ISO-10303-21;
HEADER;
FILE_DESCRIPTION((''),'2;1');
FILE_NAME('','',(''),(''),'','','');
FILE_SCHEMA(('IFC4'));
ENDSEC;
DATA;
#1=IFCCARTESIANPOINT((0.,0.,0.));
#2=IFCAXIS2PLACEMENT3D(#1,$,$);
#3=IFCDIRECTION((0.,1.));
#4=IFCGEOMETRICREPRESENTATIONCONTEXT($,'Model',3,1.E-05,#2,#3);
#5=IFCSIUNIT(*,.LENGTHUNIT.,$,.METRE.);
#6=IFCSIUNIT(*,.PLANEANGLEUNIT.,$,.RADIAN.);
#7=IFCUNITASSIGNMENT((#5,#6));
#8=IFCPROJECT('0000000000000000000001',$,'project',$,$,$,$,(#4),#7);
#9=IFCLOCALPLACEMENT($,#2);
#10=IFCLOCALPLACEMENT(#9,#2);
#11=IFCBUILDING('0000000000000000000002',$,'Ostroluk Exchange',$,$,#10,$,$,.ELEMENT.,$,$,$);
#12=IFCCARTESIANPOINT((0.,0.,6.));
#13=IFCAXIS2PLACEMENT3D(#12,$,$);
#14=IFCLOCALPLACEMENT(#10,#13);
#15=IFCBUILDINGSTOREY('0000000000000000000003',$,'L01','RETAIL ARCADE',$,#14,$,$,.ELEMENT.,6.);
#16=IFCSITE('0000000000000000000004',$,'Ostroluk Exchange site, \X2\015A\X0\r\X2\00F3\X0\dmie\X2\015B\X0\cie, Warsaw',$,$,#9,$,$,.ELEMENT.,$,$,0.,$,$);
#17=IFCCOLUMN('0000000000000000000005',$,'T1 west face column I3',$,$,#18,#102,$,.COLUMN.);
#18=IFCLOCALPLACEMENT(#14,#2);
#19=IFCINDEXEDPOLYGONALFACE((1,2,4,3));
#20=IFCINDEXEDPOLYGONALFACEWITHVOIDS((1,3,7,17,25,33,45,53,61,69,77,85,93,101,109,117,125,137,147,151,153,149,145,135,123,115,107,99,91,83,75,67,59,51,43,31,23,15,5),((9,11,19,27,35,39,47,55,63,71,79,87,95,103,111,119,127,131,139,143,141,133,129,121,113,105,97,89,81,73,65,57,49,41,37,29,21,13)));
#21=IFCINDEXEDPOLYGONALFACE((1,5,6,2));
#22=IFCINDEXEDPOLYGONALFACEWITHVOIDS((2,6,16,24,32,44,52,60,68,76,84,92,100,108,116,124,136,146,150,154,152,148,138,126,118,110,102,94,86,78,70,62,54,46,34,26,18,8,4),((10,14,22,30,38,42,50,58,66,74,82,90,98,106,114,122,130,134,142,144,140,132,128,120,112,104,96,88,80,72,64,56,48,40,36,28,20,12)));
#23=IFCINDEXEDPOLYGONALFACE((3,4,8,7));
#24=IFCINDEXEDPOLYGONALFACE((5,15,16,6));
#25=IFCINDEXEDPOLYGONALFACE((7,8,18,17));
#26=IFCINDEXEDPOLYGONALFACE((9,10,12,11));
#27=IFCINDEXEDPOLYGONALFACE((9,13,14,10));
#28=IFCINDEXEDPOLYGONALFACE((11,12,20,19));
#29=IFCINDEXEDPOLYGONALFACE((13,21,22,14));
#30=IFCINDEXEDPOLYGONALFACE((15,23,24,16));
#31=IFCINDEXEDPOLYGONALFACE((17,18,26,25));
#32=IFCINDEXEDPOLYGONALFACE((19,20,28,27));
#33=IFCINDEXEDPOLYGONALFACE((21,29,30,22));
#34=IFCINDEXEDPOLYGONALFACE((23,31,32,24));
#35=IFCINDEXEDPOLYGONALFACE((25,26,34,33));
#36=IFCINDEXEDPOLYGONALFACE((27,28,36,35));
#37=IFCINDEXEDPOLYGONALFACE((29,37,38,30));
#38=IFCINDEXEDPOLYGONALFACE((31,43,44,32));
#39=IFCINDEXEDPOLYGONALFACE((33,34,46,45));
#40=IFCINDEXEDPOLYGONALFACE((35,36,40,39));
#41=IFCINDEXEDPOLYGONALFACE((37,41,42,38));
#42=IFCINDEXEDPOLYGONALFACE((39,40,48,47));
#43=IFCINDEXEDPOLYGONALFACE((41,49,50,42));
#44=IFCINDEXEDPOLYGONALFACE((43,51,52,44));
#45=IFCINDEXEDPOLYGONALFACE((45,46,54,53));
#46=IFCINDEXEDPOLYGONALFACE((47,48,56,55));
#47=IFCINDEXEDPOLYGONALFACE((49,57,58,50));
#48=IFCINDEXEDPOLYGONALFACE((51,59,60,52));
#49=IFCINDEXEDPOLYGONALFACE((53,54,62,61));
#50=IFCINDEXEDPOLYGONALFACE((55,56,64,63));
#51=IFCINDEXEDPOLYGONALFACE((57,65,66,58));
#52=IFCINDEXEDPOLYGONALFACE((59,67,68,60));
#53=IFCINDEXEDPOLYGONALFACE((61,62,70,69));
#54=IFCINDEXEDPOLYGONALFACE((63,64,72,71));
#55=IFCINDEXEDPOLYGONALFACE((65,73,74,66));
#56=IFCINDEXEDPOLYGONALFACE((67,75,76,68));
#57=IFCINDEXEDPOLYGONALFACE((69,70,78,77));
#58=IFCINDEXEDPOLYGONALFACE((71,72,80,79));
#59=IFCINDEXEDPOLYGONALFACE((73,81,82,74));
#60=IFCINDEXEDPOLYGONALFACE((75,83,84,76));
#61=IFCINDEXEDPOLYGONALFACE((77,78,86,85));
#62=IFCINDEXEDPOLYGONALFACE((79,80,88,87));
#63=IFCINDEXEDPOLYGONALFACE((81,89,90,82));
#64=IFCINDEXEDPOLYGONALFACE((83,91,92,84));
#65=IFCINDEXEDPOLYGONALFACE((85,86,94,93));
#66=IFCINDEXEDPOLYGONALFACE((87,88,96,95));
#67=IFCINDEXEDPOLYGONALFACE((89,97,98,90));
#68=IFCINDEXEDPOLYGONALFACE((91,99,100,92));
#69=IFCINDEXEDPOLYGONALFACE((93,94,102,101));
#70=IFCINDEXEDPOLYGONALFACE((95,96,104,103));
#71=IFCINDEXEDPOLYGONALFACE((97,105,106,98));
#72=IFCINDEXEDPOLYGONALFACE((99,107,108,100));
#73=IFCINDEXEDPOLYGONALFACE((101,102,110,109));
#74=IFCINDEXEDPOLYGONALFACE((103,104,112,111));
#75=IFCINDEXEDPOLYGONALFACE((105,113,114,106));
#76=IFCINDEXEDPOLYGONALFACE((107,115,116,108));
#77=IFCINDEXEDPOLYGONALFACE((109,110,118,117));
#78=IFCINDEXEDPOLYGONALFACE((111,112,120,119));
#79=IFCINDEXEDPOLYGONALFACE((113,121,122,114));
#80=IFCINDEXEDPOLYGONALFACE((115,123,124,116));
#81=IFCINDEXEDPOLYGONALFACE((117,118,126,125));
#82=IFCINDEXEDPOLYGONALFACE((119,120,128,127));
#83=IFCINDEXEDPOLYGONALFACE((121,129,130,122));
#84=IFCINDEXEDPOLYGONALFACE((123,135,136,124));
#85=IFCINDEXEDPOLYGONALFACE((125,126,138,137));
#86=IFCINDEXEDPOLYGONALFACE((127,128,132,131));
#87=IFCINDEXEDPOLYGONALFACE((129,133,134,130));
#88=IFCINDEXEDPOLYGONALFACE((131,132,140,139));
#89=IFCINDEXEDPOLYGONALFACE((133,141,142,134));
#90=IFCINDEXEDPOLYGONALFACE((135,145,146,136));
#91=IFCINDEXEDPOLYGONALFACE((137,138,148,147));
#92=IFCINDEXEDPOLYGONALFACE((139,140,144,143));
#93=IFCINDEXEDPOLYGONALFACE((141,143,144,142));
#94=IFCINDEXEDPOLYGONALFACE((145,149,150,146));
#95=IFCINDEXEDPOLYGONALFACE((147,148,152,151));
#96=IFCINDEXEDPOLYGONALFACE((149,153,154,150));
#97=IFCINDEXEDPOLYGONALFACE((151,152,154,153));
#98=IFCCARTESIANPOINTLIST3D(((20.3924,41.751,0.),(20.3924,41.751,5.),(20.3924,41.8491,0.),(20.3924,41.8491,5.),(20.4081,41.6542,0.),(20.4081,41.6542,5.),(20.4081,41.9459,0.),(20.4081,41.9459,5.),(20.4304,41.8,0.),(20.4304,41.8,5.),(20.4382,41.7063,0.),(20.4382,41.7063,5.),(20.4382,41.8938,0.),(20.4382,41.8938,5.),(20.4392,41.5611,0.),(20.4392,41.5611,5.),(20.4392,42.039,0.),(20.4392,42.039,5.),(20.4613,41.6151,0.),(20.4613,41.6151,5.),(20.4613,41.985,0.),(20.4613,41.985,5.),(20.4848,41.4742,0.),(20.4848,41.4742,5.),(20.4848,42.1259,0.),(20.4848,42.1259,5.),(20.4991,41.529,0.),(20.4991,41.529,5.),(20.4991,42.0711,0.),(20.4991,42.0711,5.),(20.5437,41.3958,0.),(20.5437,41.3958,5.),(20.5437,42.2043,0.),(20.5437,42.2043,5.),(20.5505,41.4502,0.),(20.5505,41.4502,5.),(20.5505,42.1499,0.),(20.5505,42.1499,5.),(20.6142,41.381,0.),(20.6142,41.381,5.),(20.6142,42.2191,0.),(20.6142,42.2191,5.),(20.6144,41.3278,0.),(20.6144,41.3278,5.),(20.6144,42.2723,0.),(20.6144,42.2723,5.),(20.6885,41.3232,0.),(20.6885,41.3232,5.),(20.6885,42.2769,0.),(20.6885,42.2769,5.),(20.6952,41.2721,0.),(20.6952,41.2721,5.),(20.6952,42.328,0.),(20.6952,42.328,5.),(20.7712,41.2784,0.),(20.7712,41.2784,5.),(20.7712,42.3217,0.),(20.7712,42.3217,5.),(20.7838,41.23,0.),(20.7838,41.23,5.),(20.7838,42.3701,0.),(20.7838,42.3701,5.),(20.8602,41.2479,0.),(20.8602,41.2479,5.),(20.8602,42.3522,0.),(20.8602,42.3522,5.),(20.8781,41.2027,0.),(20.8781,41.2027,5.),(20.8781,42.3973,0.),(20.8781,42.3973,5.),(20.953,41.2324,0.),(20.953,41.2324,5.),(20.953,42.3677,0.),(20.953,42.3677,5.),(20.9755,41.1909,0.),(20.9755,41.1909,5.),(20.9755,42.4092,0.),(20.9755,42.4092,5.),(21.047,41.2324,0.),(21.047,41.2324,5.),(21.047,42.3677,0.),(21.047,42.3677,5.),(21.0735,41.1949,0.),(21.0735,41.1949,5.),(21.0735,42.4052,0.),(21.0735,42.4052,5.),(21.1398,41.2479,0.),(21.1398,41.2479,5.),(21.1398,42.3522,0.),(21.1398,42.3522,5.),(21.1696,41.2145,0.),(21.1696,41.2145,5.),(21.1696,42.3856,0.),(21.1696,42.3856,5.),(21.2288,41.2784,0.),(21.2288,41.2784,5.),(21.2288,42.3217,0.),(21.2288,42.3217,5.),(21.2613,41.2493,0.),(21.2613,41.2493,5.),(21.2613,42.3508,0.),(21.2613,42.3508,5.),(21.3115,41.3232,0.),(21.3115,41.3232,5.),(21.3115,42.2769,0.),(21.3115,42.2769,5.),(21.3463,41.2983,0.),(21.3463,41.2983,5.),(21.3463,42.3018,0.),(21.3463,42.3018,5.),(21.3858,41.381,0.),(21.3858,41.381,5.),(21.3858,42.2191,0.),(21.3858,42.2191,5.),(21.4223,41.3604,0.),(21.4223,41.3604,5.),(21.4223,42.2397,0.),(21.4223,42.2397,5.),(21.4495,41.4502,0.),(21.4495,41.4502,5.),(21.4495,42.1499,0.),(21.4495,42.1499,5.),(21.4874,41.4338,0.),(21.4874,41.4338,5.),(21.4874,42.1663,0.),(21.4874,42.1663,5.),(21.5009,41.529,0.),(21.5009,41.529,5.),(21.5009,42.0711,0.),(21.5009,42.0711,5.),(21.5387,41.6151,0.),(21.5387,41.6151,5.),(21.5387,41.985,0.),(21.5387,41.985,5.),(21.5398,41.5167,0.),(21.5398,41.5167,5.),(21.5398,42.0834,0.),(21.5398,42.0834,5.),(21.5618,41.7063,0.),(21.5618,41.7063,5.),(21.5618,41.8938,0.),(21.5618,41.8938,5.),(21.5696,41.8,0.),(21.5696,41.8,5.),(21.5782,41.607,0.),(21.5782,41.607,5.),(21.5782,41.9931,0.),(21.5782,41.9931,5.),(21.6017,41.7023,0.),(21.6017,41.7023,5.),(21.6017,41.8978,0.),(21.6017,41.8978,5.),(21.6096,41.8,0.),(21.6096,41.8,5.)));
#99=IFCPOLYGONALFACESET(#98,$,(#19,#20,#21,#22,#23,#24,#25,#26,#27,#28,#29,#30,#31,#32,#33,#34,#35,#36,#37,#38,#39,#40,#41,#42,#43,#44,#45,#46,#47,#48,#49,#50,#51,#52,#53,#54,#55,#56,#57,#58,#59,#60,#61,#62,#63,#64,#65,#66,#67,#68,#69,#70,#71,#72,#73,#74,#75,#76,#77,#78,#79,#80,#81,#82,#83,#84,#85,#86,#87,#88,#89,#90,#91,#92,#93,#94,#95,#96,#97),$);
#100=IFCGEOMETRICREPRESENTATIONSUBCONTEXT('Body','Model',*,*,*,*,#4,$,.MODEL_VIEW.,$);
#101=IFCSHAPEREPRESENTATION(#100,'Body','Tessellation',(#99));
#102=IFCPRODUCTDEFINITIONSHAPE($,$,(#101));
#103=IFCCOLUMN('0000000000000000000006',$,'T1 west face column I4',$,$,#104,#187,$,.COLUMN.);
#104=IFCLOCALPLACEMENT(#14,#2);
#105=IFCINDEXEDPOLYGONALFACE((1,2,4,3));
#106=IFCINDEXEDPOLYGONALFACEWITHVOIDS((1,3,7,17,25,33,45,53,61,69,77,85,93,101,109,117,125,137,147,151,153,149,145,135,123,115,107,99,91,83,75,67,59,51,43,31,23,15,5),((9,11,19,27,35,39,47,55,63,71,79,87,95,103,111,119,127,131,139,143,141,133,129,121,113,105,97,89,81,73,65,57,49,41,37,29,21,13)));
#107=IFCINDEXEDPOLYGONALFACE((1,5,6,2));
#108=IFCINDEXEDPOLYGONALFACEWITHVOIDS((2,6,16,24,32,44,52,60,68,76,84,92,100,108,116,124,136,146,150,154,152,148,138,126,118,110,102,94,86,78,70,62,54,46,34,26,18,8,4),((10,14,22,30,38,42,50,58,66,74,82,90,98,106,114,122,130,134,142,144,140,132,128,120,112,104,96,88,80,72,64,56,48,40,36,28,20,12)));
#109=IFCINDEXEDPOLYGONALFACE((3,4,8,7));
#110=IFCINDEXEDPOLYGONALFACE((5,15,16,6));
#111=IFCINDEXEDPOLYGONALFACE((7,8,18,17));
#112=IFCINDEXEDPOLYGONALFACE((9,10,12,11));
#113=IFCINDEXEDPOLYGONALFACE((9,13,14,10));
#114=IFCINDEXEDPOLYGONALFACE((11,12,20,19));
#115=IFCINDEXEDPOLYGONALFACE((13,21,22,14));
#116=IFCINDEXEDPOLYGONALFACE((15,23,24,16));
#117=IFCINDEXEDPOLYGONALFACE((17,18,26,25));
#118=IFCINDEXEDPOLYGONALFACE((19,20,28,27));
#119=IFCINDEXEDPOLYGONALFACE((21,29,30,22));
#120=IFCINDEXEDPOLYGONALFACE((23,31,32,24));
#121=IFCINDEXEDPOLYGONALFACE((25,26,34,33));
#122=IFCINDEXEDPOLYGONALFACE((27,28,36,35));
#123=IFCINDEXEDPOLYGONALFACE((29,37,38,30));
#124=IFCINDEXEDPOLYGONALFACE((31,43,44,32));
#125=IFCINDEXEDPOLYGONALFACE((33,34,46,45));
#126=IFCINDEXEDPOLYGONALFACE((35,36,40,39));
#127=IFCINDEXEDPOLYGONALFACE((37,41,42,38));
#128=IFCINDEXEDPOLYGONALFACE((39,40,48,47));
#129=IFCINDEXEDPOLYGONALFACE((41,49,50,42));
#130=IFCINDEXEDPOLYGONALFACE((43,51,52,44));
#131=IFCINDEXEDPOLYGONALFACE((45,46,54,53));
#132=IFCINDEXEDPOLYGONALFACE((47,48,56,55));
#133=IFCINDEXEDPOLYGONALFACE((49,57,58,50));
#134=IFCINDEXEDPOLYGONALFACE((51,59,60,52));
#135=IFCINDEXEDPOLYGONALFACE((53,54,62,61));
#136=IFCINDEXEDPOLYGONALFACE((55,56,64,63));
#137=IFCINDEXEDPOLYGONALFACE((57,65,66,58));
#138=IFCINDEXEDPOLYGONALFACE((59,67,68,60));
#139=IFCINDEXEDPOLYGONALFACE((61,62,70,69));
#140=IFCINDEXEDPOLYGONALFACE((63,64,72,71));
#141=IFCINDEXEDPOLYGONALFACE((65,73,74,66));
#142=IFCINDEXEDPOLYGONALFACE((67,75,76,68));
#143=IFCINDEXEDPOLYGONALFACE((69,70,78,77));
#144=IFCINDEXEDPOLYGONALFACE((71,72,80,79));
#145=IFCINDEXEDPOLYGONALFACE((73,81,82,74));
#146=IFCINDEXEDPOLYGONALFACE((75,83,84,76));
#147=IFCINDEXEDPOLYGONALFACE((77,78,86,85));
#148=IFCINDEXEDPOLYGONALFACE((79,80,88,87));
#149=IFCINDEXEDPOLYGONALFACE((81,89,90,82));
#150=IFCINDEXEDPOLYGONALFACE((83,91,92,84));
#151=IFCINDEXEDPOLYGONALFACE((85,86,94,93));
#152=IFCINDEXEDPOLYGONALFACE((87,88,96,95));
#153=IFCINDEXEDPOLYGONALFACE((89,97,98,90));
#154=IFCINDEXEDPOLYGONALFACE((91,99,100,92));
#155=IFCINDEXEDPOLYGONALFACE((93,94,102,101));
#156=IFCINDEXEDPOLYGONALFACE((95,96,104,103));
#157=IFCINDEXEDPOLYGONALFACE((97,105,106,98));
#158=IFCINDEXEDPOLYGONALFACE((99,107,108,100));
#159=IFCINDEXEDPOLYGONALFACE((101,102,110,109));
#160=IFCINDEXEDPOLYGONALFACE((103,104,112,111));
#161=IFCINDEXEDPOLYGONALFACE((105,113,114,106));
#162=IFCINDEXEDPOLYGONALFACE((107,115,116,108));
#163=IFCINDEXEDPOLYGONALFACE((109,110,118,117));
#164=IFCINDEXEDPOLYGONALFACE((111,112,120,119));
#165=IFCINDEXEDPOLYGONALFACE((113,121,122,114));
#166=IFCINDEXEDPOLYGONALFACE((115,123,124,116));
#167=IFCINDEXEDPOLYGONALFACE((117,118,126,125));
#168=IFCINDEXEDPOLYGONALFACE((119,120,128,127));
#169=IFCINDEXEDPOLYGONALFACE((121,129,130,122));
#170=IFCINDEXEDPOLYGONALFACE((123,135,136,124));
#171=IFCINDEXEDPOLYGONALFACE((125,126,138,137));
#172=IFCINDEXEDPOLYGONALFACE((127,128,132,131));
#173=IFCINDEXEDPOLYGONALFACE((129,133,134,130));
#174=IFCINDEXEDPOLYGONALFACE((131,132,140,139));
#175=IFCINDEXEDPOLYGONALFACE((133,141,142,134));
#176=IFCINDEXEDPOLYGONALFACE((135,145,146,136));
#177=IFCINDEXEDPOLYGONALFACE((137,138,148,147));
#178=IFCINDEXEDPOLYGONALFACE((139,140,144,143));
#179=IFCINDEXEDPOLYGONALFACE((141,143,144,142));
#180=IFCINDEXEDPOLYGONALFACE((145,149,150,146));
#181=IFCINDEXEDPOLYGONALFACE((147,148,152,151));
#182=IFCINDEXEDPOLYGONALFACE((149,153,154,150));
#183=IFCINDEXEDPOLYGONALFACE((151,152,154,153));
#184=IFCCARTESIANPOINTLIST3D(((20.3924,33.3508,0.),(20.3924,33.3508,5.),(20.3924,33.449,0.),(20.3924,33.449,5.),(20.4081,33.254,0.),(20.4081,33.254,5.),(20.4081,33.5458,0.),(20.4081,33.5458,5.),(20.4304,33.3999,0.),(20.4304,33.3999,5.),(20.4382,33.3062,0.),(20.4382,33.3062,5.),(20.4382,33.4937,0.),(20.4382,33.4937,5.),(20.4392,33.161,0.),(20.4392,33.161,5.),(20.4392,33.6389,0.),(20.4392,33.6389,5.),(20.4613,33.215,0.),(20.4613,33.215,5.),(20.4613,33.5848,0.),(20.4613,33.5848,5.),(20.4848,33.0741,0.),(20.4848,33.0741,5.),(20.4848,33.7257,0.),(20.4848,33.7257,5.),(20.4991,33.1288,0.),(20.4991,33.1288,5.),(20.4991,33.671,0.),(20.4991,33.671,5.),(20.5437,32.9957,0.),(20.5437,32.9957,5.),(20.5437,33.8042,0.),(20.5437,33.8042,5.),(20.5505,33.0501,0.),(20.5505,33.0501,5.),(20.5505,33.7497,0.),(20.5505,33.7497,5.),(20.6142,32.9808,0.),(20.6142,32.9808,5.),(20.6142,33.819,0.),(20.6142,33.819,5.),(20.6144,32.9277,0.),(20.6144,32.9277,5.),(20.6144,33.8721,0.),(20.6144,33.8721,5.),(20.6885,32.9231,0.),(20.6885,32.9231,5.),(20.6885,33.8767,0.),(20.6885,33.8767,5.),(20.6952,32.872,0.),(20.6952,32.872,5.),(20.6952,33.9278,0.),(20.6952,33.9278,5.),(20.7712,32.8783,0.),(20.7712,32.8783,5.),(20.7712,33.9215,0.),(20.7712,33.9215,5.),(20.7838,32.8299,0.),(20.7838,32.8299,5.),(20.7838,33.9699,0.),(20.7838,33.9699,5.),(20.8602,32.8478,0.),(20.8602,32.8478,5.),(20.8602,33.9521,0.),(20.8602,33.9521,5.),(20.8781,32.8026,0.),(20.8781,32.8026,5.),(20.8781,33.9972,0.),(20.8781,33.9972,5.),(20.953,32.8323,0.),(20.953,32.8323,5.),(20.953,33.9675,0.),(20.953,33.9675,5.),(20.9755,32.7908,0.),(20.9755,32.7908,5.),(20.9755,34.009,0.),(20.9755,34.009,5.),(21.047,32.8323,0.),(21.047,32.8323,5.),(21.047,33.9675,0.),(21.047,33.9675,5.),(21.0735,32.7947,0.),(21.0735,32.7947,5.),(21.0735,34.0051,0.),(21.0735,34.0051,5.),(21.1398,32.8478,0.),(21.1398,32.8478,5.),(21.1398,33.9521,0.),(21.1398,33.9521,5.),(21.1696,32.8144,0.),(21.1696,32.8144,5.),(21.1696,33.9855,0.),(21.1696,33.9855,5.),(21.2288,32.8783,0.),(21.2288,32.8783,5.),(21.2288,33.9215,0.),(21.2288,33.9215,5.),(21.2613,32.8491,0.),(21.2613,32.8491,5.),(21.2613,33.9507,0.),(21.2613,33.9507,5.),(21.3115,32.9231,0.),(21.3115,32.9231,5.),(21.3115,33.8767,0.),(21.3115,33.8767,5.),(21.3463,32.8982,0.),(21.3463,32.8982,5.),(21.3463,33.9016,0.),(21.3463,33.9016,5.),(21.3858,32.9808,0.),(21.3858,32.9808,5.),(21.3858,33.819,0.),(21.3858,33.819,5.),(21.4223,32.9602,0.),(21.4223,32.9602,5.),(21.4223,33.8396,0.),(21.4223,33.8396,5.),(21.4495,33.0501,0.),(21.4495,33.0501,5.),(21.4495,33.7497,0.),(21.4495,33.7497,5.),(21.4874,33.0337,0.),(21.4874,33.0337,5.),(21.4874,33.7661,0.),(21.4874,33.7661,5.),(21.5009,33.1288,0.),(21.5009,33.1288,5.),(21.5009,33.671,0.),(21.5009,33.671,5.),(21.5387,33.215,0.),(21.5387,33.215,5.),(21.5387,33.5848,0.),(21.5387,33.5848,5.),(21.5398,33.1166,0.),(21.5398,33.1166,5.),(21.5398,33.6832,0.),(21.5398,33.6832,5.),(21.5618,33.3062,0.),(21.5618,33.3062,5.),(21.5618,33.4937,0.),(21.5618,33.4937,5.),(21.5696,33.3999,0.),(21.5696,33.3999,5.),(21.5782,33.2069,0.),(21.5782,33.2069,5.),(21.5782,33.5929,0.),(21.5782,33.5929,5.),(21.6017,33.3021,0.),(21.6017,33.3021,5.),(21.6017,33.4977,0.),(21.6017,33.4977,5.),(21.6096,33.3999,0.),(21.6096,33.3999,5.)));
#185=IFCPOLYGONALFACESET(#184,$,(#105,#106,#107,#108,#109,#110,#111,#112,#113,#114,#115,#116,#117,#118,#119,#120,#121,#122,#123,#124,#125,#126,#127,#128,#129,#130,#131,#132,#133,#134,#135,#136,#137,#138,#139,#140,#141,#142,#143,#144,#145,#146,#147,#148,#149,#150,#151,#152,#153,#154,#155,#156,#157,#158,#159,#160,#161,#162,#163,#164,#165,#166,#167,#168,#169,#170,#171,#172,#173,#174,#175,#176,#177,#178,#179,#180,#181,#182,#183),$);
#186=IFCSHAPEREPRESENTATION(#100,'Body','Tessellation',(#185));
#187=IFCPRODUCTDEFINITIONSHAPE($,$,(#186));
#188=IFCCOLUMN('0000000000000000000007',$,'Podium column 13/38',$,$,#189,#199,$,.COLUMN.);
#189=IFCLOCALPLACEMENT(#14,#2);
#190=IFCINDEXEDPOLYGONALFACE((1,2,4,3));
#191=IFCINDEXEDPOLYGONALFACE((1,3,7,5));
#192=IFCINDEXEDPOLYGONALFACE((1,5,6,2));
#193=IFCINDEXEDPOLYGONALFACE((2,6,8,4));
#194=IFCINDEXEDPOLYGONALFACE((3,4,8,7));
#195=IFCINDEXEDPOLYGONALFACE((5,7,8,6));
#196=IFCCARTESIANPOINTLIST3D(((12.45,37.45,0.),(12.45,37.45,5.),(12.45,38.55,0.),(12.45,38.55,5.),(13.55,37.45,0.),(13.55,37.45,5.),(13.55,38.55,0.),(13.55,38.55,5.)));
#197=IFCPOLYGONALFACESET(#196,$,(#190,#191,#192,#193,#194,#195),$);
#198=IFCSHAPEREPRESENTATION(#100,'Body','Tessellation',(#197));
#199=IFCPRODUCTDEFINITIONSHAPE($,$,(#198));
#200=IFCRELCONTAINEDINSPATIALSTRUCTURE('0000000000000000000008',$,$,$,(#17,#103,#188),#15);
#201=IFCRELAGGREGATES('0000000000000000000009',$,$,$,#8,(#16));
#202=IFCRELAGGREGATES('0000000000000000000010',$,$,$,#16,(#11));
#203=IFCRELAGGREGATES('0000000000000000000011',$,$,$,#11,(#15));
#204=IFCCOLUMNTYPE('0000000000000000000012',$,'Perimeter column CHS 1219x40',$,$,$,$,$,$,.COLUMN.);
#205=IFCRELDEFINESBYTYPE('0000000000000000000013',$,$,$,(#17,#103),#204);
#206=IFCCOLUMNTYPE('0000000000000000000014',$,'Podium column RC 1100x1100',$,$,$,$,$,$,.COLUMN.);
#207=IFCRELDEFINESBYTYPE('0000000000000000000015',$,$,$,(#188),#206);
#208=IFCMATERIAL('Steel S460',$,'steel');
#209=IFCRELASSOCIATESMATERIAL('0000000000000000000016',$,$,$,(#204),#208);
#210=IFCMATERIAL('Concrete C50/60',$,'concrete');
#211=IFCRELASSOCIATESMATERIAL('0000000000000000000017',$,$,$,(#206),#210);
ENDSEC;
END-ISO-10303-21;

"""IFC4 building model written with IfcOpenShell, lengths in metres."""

from ifc_helpers import new_model, si_unit, direction, frame, origin, origin_2d, place, context, subcontext, project, spatial, rectangle, hollow_circle, extrude, material, material_profile, profile_set, type_object, element, save


model = new_model("IFC4")

# Units and contexts
model_context = context("Model", 3, precision=1e-05, world=origin(), true_north=direction((0.0, 1.0)))
body_context = subcontext(model_context, "Body", "Model", "MODEL_VIEW")
ifc_project = project(units=[si_unit("LENGTHUNIT", "METRE"), si_unit("PLANEANGLEUNIT", "RADIAN")], contexts=[model_context])

# Site, building, storey
site_placement = place(None, origin())
site = spatial("IfcSite", under=ifc_project, at=site_placement, Name="Ostroluk Exchange site, Śródmieście, Warsaw", CompositionType="ELEMENT", RefElevation=0.0)
building_placement = place(site_placement, origin())
building = spatial("IfcBuilding", under=site, at=building_placement, Name="Ostroluk Exchange", CompositionType="ELEMENT")
storey_placement = place(building_placement, frame((0.0, 0.0, 6.0)))
storey = spatial("IfcBuildingStorey", under=building, at=storey_placement, Name="L01", Description="RETAIL ARCADE", CompositionType="ELEMENT", Elevation=6.0)

# Columns
ifc_material_1 = material(Name="Steel S460", Category="steel")
ifc_material_profile_1 = material_profile(ifc_material_1, hollow_circle(Radius=0.6096, WallThickness=0.04, at=origin_2d()), Name="CHS 1219x40")
ifc_profile_set_1 = profile_set([ifc_material_profile_1], Name="Steel S460")
column_type_1 = type_object("IfcColumnType", Name="Perimeter column CHS 1219x40", PredefinedType="COLUMN", material=ifc_profile_set_1)
for number, where, z_axis, x_axis, name in (
    (1, (21.0, 41.8, 0.0), (0.0, 0.0, 1.0), (1.0, 0.0, 0.0), "T1 west face column I3"),
    (2, (21.0, 33.3999, 0.0), (0.0, 0.0, 1.0), (1.0, 0.0, 0.0), "T1 west face column I4"),
):
    element("IfcColumn", number, at=place(storey_placement, frame(where, z_axis=z_axis, x_axis=x_axis)), inside=storey, type_object=column_type_1, Name=name, PredefinedType="COLUMN", context=body_context, shape_type="SweptSolid", body=[
        extrude(hollow_circle(Radius=0.6096, WallThickness=0.04, at=origin_2d()), origin(), (0.0, 0.0, 1.0), 5.0),
    ])
ifc_material_2 = material(Name="Concrete C50/60", Category="concrete")
ifc_material_profile_2 = material_profile(ifc_material_2, rectangle(XDim=1.1001, YDim=1.1001, at=origin_2d()), Name="RC 1100x1100")
ifc_profile_set_2 = profile_set([ifc_material_profile_2], Name="Concrete C50/60")
column_type_2 = type_object("IfcColumnType", Name="Podium column RC 1100x1100", PredefinedType="COLUMN", material=ifc_profile_set_2)
for number, where, z_axis, x_axis, name in (
    (3, (13.0, 38.0, 0.0), (0.0, 0.0, 1.0), (1.0, 0.0, 0.0), "Podium column 13/38"),
):
    element("IfcColumn", number, at=place(storey_placement, frame(where, z_axis=z_axis, x_axis=x_axis)), inside=storey, type_object=column_type_2, Name=name, PredefinedType="COLUMN", context=body_context, shape_type="SweptSolid", body=[
        extrude(rectangle(XDim=1.1001, YDim=1.1001, at=origin_2d()), origin(), (0.0, 0.0, 1.0), 5.0),
    ])

save(model, "model.ifc")
